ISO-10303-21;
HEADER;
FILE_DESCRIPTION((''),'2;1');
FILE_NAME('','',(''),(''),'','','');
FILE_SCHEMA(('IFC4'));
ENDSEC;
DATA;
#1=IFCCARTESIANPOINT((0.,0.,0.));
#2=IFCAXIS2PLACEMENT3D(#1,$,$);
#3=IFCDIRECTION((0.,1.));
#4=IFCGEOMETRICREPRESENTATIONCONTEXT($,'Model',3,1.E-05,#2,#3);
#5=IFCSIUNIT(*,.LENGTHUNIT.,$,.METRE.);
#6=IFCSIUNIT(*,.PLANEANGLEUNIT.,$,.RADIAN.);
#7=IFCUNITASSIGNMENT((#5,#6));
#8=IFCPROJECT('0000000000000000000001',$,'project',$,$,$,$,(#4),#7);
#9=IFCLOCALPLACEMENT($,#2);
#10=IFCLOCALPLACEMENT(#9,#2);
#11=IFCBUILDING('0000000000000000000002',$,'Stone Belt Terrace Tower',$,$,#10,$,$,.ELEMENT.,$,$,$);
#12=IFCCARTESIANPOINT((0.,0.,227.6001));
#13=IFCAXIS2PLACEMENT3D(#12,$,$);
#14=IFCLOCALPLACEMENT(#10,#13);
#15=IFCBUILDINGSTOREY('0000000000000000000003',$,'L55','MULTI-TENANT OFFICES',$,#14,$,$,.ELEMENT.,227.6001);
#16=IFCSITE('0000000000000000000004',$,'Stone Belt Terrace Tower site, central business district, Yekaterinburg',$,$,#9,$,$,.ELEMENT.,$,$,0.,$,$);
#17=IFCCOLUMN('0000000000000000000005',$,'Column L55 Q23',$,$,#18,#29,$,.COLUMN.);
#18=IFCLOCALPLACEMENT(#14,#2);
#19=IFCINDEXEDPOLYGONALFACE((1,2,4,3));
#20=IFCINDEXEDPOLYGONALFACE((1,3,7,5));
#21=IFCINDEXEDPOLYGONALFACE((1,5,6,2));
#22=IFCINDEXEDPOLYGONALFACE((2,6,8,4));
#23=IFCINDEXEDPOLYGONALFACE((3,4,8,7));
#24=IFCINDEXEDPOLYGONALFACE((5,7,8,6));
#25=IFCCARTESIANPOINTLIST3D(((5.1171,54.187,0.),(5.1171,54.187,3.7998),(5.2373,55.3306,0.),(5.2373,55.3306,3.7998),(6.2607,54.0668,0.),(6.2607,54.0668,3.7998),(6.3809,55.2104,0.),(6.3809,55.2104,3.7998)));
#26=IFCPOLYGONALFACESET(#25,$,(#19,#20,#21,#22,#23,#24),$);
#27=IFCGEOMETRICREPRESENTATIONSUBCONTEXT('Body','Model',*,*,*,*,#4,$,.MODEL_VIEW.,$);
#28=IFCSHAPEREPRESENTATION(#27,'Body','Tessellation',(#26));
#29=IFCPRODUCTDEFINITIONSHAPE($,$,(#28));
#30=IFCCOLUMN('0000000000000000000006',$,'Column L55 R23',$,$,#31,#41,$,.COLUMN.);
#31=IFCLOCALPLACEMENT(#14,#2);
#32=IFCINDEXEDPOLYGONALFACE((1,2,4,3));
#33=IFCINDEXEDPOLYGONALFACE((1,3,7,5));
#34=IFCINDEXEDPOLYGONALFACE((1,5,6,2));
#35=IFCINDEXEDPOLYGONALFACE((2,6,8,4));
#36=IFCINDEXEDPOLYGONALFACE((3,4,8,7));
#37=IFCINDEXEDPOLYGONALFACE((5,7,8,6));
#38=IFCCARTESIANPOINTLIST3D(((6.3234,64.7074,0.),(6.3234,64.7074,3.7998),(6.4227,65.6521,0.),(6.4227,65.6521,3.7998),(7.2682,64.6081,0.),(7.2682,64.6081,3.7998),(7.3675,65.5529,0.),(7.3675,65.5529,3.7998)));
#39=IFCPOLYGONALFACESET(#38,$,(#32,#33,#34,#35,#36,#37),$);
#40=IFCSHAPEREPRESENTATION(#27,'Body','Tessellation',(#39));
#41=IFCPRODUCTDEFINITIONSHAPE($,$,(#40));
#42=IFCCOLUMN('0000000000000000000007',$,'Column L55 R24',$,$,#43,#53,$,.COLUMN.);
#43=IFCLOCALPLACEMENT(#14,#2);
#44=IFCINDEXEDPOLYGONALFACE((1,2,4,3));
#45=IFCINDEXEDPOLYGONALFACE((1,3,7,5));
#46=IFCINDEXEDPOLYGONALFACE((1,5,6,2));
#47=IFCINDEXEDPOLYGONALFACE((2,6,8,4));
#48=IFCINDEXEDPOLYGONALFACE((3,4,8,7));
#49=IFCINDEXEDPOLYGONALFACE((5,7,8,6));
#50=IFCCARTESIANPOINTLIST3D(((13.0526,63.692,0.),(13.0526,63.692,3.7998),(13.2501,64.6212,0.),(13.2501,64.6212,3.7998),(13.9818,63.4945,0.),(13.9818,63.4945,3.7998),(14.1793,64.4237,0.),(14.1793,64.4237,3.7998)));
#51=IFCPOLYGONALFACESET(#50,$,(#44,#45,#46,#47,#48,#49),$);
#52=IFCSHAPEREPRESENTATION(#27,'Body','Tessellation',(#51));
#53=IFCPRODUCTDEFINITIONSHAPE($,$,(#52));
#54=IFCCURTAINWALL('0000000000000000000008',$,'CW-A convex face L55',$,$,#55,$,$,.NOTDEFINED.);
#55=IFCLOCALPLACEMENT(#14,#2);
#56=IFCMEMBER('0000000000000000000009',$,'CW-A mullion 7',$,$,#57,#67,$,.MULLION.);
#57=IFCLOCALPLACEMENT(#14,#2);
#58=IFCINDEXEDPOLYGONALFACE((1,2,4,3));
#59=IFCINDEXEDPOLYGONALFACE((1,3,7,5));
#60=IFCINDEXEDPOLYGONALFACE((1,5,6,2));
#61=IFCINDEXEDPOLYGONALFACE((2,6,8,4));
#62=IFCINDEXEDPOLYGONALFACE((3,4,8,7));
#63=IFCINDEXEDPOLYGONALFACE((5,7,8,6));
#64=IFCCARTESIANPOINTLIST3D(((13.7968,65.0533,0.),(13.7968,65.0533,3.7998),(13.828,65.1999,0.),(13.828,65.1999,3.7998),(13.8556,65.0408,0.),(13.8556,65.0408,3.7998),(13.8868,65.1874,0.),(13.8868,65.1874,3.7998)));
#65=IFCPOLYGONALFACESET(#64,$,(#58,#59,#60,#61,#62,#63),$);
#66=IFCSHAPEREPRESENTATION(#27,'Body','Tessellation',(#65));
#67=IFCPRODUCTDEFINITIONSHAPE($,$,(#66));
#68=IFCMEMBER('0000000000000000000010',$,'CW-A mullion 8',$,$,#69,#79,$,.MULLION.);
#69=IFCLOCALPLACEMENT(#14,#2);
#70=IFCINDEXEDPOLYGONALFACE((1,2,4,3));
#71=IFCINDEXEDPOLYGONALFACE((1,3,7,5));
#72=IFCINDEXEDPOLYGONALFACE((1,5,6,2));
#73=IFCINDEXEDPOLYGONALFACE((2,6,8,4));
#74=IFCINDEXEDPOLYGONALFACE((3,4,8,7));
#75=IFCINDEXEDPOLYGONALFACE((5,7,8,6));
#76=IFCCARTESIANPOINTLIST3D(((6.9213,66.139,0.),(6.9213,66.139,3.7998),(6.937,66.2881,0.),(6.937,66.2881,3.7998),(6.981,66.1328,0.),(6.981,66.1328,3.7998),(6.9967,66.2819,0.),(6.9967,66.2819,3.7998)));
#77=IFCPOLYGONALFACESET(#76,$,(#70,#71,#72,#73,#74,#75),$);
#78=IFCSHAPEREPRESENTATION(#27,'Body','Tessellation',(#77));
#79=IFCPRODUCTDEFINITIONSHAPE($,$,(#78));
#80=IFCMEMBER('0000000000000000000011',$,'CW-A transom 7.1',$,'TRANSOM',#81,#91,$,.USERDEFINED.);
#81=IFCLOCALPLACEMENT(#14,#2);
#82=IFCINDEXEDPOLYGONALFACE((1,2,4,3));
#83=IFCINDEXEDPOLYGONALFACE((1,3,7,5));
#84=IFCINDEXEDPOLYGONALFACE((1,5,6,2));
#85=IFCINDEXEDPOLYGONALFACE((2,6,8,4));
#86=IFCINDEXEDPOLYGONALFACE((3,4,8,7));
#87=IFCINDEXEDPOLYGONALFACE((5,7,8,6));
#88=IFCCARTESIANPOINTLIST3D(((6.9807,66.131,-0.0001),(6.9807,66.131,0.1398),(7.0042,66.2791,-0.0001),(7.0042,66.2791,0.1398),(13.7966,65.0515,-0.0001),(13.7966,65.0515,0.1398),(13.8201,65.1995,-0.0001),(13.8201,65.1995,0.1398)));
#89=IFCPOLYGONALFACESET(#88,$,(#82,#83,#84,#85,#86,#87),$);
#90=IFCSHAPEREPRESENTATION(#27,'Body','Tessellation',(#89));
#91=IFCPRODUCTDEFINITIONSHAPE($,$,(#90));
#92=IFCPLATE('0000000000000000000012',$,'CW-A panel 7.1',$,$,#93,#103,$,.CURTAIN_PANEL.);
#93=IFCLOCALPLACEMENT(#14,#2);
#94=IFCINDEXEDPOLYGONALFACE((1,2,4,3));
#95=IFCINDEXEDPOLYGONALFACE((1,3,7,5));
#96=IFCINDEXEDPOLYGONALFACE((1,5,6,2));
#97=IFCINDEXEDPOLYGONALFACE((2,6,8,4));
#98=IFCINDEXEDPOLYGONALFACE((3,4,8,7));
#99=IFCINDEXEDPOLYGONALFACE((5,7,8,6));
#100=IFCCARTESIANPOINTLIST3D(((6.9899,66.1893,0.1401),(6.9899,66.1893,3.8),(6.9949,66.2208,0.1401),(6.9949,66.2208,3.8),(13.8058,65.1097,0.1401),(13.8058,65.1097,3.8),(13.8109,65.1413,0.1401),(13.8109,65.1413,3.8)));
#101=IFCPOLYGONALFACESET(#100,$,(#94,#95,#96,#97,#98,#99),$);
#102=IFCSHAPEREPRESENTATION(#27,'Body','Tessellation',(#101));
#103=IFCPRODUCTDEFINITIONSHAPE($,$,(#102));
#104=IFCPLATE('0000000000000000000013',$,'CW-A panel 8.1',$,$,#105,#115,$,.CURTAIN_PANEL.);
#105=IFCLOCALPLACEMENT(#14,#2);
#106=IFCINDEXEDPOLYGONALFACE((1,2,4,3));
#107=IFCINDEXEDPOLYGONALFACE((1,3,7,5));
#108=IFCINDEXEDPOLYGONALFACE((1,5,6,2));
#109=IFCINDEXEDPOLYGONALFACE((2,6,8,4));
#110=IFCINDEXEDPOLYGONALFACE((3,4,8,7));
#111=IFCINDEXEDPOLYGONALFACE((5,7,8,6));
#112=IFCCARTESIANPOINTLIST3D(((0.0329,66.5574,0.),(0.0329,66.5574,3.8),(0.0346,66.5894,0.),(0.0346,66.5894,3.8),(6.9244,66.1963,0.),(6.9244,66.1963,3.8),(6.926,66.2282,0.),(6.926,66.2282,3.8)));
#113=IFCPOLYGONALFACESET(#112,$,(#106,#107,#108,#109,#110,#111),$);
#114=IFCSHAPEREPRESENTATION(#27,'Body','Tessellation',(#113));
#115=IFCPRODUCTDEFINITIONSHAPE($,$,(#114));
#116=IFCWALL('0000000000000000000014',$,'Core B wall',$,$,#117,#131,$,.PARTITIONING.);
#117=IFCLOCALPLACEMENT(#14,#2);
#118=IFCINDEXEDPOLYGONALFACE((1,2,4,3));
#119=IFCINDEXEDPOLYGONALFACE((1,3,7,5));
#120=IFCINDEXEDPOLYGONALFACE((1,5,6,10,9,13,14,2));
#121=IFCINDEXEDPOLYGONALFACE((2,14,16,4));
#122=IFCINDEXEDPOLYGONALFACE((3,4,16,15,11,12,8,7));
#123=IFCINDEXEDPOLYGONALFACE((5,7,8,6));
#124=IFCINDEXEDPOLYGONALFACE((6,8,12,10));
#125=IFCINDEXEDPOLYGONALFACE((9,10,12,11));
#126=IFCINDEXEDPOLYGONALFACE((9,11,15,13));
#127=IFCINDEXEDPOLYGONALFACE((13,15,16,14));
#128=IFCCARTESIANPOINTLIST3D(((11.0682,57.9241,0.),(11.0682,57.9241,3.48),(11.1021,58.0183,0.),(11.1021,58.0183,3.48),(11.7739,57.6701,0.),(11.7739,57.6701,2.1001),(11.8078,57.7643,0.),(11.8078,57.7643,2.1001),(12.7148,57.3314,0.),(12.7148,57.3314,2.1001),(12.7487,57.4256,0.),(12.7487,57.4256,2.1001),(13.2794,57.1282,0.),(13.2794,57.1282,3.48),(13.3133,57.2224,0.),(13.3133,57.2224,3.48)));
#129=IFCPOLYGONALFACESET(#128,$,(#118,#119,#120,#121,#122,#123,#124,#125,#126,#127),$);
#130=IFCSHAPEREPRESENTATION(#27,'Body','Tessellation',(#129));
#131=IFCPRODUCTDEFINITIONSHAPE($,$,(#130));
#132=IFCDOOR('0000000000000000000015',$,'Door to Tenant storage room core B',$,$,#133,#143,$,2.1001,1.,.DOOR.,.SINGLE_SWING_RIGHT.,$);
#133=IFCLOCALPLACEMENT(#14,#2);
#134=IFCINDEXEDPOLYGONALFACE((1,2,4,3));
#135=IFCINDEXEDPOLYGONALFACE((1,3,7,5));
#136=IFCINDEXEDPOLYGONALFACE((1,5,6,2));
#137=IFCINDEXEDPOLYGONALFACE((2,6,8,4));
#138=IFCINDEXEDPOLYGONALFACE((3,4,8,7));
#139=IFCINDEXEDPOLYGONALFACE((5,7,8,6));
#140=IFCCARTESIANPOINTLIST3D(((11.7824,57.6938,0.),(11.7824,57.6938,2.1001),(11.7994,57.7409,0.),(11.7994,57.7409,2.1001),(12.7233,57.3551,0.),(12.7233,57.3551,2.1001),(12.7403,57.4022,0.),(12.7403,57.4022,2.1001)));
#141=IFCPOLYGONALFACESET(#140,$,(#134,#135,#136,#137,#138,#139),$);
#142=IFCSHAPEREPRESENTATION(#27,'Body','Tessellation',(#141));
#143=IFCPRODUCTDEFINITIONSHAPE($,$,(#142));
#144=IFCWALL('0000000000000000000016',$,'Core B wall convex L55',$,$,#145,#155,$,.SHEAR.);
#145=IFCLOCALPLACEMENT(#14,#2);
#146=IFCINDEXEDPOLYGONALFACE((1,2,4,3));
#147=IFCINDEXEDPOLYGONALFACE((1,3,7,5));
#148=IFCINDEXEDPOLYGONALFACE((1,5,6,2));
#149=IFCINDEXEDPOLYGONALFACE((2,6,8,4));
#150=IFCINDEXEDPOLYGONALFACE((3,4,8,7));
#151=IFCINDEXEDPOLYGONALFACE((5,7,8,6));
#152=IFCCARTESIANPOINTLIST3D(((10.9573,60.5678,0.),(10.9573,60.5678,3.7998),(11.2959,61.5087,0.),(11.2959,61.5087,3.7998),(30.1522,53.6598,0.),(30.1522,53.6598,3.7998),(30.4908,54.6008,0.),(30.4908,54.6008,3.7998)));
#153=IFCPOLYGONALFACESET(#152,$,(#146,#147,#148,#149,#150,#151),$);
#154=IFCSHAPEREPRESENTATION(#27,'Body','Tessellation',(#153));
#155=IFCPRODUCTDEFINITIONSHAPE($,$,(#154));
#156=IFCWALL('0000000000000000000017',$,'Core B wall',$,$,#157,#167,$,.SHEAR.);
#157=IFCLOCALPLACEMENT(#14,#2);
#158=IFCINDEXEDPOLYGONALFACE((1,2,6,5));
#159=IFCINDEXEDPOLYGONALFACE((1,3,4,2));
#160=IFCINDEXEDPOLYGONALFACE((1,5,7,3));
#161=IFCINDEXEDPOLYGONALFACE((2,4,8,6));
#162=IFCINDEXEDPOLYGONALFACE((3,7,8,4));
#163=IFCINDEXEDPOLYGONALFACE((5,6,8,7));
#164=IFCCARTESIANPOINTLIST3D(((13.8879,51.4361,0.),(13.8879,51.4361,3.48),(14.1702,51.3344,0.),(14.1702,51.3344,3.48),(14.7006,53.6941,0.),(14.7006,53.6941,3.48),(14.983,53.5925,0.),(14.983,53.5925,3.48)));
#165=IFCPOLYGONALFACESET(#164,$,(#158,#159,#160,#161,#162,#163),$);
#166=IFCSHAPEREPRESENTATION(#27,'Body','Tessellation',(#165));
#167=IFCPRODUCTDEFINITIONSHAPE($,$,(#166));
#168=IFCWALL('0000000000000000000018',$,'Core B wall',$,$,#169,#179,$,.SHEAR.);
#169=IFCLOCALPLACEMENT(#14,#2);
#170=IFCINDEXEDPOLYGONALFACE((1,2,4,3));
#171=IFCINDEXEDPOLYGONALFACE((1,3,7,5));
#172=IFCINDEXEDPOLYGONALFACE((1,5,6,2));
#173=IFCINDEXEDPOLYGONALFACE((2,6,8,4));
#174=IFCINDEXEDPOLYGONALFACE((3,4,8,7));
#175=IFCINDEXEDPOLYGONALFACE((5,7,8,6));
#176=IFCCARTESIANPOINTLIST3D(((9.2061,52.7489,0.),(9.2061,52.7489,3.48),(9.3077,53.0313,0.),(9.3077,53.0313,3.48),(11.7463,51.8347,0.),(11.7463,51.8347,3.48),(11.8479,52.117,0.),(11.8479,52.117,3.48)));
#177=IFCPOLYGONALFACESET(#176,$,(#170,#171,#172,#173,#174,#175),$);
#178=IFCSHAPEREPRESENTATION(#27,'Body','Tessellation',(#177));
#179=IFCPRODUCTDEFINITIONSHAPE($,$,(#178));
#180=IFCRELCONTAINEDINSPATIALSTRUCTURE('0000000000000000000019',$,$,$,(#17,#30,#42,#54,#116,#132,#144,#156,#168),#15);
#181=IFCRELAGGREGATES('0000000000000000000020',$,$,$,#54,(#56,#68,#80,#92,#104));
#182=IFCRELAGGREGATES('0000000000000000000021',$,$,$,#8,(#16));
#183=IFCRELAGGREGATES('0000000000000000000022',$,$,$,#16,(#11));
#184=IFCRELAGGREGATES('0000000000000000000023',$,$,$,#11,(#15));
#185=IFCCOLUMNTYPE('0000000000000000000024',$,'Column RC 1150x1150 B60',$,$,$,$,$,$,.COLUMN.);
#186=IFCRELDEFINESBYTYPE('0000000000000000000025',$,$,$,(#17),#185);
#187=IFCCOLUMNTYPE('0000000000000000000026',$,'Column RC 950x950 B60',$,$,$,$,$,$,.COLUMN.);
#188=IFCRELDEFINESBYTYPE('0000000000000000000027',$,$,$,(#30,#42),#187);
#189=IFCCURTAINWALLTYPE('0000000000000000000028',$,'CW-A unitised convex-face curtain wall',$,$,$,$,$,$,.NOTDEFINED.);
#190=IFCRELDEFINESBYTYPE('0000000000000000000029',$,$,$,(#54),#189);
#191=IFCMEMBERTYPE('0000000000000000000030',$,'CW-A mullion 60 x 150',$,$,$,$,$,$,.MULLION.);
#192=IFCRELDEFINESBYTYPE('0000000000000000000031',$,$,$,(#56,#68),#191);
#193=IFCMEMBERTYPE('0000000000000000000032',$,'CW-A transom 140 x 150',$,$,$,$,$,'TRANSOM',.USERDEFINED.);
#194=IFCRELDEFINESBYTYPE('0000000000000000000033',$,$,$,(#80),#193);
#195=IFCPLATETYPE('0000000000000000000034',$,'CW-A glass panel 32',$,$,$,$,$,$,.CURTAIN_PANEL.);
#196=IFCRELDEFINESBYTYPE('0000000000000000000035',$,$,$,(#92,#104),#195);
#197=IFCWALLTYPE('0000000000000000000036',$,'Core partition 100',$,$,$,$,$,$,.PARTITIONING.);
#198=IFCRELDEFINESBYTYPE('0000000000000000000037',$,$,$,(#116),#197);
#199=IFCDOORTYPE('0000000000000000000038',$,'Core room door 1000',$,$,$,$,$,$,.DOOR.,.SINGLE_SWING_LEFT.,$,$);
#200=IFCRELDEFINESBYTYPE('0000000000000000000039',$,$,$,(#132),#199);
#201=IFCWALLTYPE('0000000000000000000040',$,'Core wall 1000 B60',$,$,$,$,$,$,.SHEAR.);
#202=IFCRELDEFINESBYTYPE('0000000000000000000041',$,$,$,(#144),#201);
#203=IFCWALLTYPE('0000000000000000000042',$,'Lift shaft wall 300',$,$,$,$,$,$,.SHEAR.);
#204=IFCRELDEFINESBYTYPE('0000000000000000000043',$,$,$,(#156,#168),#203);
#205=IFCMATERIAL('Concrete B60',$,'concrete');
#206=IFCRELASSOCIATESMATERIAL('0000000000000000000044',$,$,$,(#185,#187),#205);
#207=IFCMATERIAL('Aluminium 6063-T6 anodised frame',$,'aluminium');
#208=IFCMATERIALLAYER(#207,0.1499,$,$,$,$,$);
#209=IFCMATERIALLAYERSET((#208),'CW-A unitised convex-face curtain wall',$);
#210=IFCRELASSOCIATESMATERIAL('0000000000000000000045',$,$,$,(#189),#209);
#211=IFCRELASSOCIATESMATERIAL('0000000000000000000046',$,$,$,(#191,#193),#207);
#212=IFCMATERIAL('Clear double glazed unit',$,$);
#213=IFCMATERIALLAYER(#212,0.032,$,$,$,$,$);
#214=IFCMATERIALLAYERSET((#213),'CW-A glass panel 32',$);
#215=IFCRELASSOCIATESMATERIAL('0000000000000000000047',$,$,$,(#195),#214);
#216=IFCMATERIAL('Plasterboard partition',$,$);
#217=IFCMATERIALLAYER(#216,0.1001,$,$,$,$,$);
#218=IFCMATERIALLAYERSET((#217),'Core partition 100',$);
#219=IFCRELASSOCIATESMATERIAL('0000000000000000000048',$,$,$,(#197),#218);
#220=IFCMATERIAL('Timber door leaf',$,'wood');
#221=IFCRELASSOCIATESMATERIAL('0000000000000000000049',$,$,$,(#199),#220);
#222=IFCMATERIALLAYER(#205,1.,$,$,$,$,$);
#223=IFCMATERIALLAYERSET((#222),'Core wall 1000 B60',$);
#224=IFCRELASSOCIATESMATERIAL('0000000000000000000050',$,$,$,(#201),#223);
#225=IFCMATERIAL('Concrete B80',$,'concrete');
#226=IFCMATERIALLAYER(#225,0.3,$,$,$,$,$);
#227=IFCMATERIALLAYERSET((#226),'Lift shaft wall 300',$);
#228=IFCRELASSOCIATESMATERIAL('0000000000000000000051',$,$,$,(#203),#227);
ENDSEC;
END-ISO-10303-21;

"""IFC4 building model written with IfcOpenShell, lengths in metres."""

from ifc_helpers import new_model, si_unit, direction, frame, frame_2d, origin, origin_2d, place, context, subcontext, project, spatial, rectangle, extrude, material, layer, layer_set, material_profile, profile_set, type_object, element, fill, aggregate, save


model = new_model("IFC4")

# Units and contexts
model_context = context("Model", 3, precision=1e-05, world=origin(), true_north=direction((0.0, 1.0)))
body_context = subcontext(model_context, "Body", "Model", "MODEL_VIEW")
ifc_project = project(units=[si_unit("LENGTHUNIT", "METRE"), si_unit("PLANEANGLEUNIT", "RADIAN")], contexts=[model_context])

# Site, building, storey
site_placement = place(None, origin())
site = spatial("IfcSite", under=ifc_project, at=site_placement, Name="Stone Belt Terrace Tower site, central business district, Yekaterinburg", CompositionType="ELEMENT", RefElevation=0.0)
building_placement = place(site_placement, origin())
building = spatial("IfcBuilding", under=site, at=building_placement, Name="Stone Belt Terrace Tower", CompositionType="ELEMENT")
storey_placement = place(building_placement, frame((0.0, 0.0, 227.6001)))
storey = spatial("IfcBuildingStorey", under=building, at=storey_placement, Name="L55", Description="MULTI-TENANT OFFICES", CompositionType="ELEMENT", Elevation=227.6001)

# Columns
ifc_material_1 = material(Name="Concrete B60", Category="concrete")
ifc_material_profile_1 = material_profile(ifc_material_1, rectangle(XDim=1.1499, YDim=1.1499, at=origin_2d()), Name="RC 1150x1150")
ifc_profile_set_1 = profile_set([ifc_material_profile_1], Name="Concrete B60")
column_type_1 = type_object("IfcColumnType", Name="Column RC 1150x1150 B60", PredefinedType="COLUMN", material=ifc_profile_set_1)
column_placement = place(storey_placement, frame((5.749, 54.6987, 0.0), z_axis=(0.0, 0.0, 1.0), x_axis=(0.994522, -0.104528, 0.0)))
element("IfcColumn", 1, at=column_placement, inside=storey, type_object=column_type_1, Name="Column L55 Q23", PredefinedType="COLUMN", context=body_context, shape_type="SweptSolid", body=[
    extrude(rectangle(XDim=1.1499, YDim=1.1499, at=origin_2d()), origin(), (0.0, 0.0, 1.0), 3.7998),
])
ifc_material_profile_2 = material_profile(ifc_material_1, rectangle(XDim=0.95, YDim=0.95, at=origin_2d()), Name="RC 950x950")
ifc_profile_set_2 = profile_set([ifc_material_profile_2], Name="Concrete B60")
column_type_2 = type_object("IfcColumnType", Name="Column RC 950x950 B60", PredefinedType="COLUMN", material=ifc_profile_set_2)
for number, where, z_axis, x_axis, name in (
    (2, (6.8455, 65.1301, 0.0), (0.0, 0.0, 1.0), (0.994522, -0.104528, 0.0), "Column L55 R23"),
    (3, (13.616, 64.0579, 0.0), (0.0, 0.0, 1.0), (0.978148, -0.207912, 0.0), "Column L55 R24"),
):
    element("IfcColumn", number, at=place(storey_placement, frame(where, z_axis=z_axis, x_axis=x_axis)), inside=storey, type_object=column_type_2, Name=name, PredefinedType="COLUMN", context=body_context, shape_type="SweptSolid", body=[
        extrude(rectangle(XDim=0.95, YDim=0.95, at=origin_2d()), origin(), (0.0, 0.0, 1.0), 3.7998),
    ])

# Curtain wall, members, plates
ifc_material_2 = material(Name="Aluminium 6063-T6 anodised frame", Category="aluminium")
ifc_layer_1 = layer(ifc_material_2, 0.1499)
ifc_layer_set_1 = layer_set([ifc_layer_1], Name="CW-A unitised convex-face curtain wall")
curtain_wall_type = type_object("IfcCurtainWallType", Name="CW-A unitised convex-face curtain wall", PredefinedType="NOTDEFINED", material=ifc_layer_set_1)
curtain_wall_placement = place(storey_placement, origin())
curtain_wall = element("IfcCurtainWall", 4, at=curtain_wall_placement, inside=storey, type_object=curtain_wall_type, Name="CW-A convex face L55", PredefinedType="NOTDEFINED")
ifc_material_profile_3 = material_profile(ifc_material_2, rectangle(XDim=0.1499, YDim=0.0601, at=origin_2d()), Name="Aluminium 6063-T6 60x150")
ifc_profile_set_3 = profile_set([ifc_material_profile_3], Name="Aluminium 6063-T6 anodised frame")
member_type_1 = type_object("IfcMemberType", Name="CW-A mullion 60 x 150", PredefinedType="MULLION", material=ifc_profile_set_3)
member_1_placement = place(storey_placement, frame((13.8418, 65.1204, 0.0), z_axis=(0.0, 0.0, 1.0), x_axis=(-0.207912, -0.978148, 0.0)))
member_1 = element("IfcMember", 5, at=member_1_placement, type_object=member_type_1, Name="CW-A mullion 7", PredefinedType="MULLION", context=body_context, shape_type="SweptSolid", body=[
    extrude(rectangle(XDim=0.1499, YDim=0.0601, at=origin_2d()), origin(), (0.0, 0.0, 1.0), 3.7998),
])
member_2_placement = place(storey_placement, frame((6.959, 66.2104, 0.0), z_axis=(0.0, 0.0, 1.0), x_axis=(-0.104528, -0.994522, 0.0)))
member_2 = element("IfcMember", 6, at=member_2_placement, type_object=member_type_1, Name="CW-A mullion 8", PredefinedType="MULLION", context=body_context, shape_type="SweptSolid", body=[
    extrude(rectangle(XDim=0.1499, YDim=0.0601, at=origin_2d()), origin(), (0.0, 0.0, 1.0), 3.7998),
])
ifc_material_profile_4 = material_profile(ifc_material_2, rectangle(XDim=0.1499, YDim=0.1399, at=origin_2d()), Name="Aluminium 6063-T6 150x140")
ifc_profile_set_4 = profile_set([ifc_material_profile_4], Name="Aluminium 6063-T6 anodised frame")
member_type_2 = type_object("IfcMemberType", Name="CW-A transom 140 x 150", ElementType="TRANSOM", PredefinedType="USERDEFINED", material=ifc_profile_set_4)
member_3_placement = place(storey_placement, frame((13.8083, 65.1255, 0.0698), z_axis=(-0.987687, 0.156442, 0.0), x_axis=(-0.156442, -0.987687, 0.0)))
member_3 = element("IfcMember", 7, at=member_3_placement, type_object=member_type_2, Name="CW-A transom 7.1", ObjectType="TRANSOM", PredefinedType="USERDEFINED", context=body_context, shape_type="SweptSolid", body=[
    extrude(rectangle(XDim=0.1499, YDim=0.1399, at=origin_2d()), origin(), (0.0, 0.0, 1.0), 6.9009),
])
ifc_material_3 = material(Name="Clear double glazed unit")
ifc_layer_2 = layer(ifc_material_3, 0.032)
ifc_layer_set_2 = layer_set([ifc_layer_2], Name="CW-A glass panel 32")
plate_type = type_object("IfcPlateType", Name="CW-A glass panel 32", PredefinedType="CURTAIN_PANEL", material=ifc_layer_set_2)
plate_1_placement = place(storey_placement, frame((10.4004, 65.6653, 0.1401), z_axis=(0.0, 0.0, 1.0), x_axis=(-0.987688, 0.156434, 0.0)))
plate_1 = element("IfcPlate", 8, at=plate_1_placement, type_object=plate_type, Name="CW-A panel 7.1", PredefinedType="CURTAIN_PANEL", context=body_context, shape_type="SweptSolid", body=[
    extrude(rectangle(XDim=6.9009, YDim=0.032, at=origin_2d()), origin(), (0.0, 0.0, 1.0), 3.6599),
])
plate_2_placement = place(storey_placement, frame((3.4795, 66.3928, 0.0), z_axis=(0.0, 0.0, 1.0), x_axis=(-0.99863, 0.052336, 0.0)))
plate_2 = element("IfcPlate", 9, at=plate_2_placement, type_object=plate_type, Name="CW-A panel 8.1", PredefinedType="CURTAIN_PANEL", context=body_context, shape_type="SweptSolid", body=[
    extrude(rectangle(XDim=6.9009, YDim=0.032, at=origin_2d()), origin(), (0.0, 0.0, 1.0), 3.8),
])
aggregate(curtain_wall, [member_1, member_2, member_3, plate_1, plate_2])

# Wall, opening, door
ifc_material_4 = material(Name="Plasterboard partition")
ifc_layer_3 = layer(ifc_material_4, 0.1001)
ifc_layer_set_3 = layer_set([ifc_layer_3], Name="Core partition 100")
wall_type_1 = type_object("IfcWallType", Name="Core partition 100", PredefinedType="PARTITIONING", material=ifc_layer_set_3)
wall_1_placement = place(storey_placement, frame((13.2964, 57.1753, 0.0), z_axis=(0.0, 0.0, 1.0), x_axis=(-0.940905, 0.338672, 0.0)))
wall_1 = element("IfcWall", 10, at=wall_1_placement, inside=storey, type_object=wall_type_1, Name="Core B wall", PredefinedType="PARTITIONING", context=body_context, shape_type="SweptSolid", body=[
    extrude(rectangle(XDim=2.3501, YDim=0.1001, at=frame_2d((1.175, 0.0))), origin(), (0.0, 0.0, 1.0), 3.48),
])
opening_1_placement = place(wall_1_placement, frame((0.6001, 0.0, 0.0)))
opening_1 = element("IfcOpeningElement", 11, at=opening_1_placement, cuts=wall_1, PredefinedType="OPENING", context=body_context, shape_type="SweptSolid", body=[
    extrude(rectangle(XDim=1.0, YDim=2.1001, at=frame_2d((0.5, 1.05))), frame((0.0, 0.0601, 0.0), z_axis=(0.0, -1.0, 0.0), x_axis=(1.0, 0.0, 0.0)), (0.0, 0.0, 1.0), 0.1201),
])
ifc_material_5 = material(Name="Timber door leaf", Category="wood")
door_type_1 = type_object("IfcDoorType", Name="Core room door 1000", OperationType="SINGLE_SWING_LEFT", PredefinedType="DOOR", material=ifc_material_5)
door_1_placement = place(opening_1_placement, origin())
door_1 = element("IfcDoor", 12, at=door_1_placement, inside=storey, type_object=door_type_1, Name="Door to Tenant storage room core B", OperationType="SINGLE_SWING_RIGHT", OverallHeight=2.1001, OverallWidth=1.0, PredefinedType="DOOR", context=body_context, shape_type="SweptSolid", body=[
    extrude(rectangle(XDim=1.0, YDim=2.1001, at=frame_2d((0.5, 1.05))), frame((0.0, 0.0249, 0.0), z_axis=(0.0, -1.0, 0.0), x_axis=(1.0, 0.0, 0.0)), (0.0, 0.0, 1.0), 0.05),
])
fill(opening_1, door_1)

# Walls
ifc_layer_4 = layer(ifc_material_1, 1.0)
ifc_layer_set_4 = layer_set([ifc_layer_4], Name="Core wall 1000 B60")
wall_type_2 = type_object("IfcWallType", Name="Core wall 1000 B60", PredefinedType="SHEAR", material=ifc_layer_set_4)
wall_2_placement = place(storey_placement, frame((11.1265, 61.0383, 0.0), z_axis=(0.0, 0.0, 1.0), x_axis=(0.940921, -0.338625, 0.0)))
element("IfcWall", 13, at=wall_2_placement, inside=storey, type_object=wall_type_2, Name="Core B wall convex L55", PredefinedType="SHEAR", context=body_context, shape_type="SweptSolid", body=[
    extrude(rectangle(XDim=20.4001, YDim=1.0, at=frame_2d((10.2002, 0.0))), origin(), (0.0, 0.0, 1.0), 3.7998),
])
ifc_material_6 = material(Name="Concrete B80", Category="concrete")
ifc_layer_5 = layer(ifc_material_6, 0.3)
ifc_layer_set_5 = layer_set([ifc_layer_5], Name="Lift shaft wall 300")
wall_type_3 = type_object("IfcWallType", Name="Lift shaft wall 300", PredefinedType="SHEAR", material=ifc_layer_set_5)
wall_3_placement = place(storey_placement, frame((14.0291, 51.3853, 0.0), z_axis=(0.0, 0.0, 1.0), x_axis=(0.338662, 0.940908, 0.0)))
element("IfcWall", 14, at=wall_3_placement, inside=storey, type_object=wall_type_3, Name="Core B wall", PredefinedType="SHEAR", context=body_context, shape_type="SweptSolid", body=[
    extrude(rectangle(XDim=2.3999, YDim=0.3, at=frame_2d((1.2, 0.0))), origin(), (0.0, 0.0, 1.0), 3.48),
])
wall_4_placement = place(storey_placement, frame((11.7971, 51.9758, 0.0), z_axis=(0.0, 0.0, 1.0), x_axis=(-0.94091, 0.338655, 0.0)))
element("IfcWall", 15, at=wall_4_placement, inside=storey, type_object=wall_type_3, Name="Core B wall", PredefinedType="SHEAR", context=body_context, shape_type="SweptSolid", body=[
    extrude(rectangle(XDim=2.6997, YDim=0.3, at=frame_2d((1.3499, 0.0))), origin(), (0.0, 0.0, 1.0), 3.48),
])

save(model, "model.ifc")
